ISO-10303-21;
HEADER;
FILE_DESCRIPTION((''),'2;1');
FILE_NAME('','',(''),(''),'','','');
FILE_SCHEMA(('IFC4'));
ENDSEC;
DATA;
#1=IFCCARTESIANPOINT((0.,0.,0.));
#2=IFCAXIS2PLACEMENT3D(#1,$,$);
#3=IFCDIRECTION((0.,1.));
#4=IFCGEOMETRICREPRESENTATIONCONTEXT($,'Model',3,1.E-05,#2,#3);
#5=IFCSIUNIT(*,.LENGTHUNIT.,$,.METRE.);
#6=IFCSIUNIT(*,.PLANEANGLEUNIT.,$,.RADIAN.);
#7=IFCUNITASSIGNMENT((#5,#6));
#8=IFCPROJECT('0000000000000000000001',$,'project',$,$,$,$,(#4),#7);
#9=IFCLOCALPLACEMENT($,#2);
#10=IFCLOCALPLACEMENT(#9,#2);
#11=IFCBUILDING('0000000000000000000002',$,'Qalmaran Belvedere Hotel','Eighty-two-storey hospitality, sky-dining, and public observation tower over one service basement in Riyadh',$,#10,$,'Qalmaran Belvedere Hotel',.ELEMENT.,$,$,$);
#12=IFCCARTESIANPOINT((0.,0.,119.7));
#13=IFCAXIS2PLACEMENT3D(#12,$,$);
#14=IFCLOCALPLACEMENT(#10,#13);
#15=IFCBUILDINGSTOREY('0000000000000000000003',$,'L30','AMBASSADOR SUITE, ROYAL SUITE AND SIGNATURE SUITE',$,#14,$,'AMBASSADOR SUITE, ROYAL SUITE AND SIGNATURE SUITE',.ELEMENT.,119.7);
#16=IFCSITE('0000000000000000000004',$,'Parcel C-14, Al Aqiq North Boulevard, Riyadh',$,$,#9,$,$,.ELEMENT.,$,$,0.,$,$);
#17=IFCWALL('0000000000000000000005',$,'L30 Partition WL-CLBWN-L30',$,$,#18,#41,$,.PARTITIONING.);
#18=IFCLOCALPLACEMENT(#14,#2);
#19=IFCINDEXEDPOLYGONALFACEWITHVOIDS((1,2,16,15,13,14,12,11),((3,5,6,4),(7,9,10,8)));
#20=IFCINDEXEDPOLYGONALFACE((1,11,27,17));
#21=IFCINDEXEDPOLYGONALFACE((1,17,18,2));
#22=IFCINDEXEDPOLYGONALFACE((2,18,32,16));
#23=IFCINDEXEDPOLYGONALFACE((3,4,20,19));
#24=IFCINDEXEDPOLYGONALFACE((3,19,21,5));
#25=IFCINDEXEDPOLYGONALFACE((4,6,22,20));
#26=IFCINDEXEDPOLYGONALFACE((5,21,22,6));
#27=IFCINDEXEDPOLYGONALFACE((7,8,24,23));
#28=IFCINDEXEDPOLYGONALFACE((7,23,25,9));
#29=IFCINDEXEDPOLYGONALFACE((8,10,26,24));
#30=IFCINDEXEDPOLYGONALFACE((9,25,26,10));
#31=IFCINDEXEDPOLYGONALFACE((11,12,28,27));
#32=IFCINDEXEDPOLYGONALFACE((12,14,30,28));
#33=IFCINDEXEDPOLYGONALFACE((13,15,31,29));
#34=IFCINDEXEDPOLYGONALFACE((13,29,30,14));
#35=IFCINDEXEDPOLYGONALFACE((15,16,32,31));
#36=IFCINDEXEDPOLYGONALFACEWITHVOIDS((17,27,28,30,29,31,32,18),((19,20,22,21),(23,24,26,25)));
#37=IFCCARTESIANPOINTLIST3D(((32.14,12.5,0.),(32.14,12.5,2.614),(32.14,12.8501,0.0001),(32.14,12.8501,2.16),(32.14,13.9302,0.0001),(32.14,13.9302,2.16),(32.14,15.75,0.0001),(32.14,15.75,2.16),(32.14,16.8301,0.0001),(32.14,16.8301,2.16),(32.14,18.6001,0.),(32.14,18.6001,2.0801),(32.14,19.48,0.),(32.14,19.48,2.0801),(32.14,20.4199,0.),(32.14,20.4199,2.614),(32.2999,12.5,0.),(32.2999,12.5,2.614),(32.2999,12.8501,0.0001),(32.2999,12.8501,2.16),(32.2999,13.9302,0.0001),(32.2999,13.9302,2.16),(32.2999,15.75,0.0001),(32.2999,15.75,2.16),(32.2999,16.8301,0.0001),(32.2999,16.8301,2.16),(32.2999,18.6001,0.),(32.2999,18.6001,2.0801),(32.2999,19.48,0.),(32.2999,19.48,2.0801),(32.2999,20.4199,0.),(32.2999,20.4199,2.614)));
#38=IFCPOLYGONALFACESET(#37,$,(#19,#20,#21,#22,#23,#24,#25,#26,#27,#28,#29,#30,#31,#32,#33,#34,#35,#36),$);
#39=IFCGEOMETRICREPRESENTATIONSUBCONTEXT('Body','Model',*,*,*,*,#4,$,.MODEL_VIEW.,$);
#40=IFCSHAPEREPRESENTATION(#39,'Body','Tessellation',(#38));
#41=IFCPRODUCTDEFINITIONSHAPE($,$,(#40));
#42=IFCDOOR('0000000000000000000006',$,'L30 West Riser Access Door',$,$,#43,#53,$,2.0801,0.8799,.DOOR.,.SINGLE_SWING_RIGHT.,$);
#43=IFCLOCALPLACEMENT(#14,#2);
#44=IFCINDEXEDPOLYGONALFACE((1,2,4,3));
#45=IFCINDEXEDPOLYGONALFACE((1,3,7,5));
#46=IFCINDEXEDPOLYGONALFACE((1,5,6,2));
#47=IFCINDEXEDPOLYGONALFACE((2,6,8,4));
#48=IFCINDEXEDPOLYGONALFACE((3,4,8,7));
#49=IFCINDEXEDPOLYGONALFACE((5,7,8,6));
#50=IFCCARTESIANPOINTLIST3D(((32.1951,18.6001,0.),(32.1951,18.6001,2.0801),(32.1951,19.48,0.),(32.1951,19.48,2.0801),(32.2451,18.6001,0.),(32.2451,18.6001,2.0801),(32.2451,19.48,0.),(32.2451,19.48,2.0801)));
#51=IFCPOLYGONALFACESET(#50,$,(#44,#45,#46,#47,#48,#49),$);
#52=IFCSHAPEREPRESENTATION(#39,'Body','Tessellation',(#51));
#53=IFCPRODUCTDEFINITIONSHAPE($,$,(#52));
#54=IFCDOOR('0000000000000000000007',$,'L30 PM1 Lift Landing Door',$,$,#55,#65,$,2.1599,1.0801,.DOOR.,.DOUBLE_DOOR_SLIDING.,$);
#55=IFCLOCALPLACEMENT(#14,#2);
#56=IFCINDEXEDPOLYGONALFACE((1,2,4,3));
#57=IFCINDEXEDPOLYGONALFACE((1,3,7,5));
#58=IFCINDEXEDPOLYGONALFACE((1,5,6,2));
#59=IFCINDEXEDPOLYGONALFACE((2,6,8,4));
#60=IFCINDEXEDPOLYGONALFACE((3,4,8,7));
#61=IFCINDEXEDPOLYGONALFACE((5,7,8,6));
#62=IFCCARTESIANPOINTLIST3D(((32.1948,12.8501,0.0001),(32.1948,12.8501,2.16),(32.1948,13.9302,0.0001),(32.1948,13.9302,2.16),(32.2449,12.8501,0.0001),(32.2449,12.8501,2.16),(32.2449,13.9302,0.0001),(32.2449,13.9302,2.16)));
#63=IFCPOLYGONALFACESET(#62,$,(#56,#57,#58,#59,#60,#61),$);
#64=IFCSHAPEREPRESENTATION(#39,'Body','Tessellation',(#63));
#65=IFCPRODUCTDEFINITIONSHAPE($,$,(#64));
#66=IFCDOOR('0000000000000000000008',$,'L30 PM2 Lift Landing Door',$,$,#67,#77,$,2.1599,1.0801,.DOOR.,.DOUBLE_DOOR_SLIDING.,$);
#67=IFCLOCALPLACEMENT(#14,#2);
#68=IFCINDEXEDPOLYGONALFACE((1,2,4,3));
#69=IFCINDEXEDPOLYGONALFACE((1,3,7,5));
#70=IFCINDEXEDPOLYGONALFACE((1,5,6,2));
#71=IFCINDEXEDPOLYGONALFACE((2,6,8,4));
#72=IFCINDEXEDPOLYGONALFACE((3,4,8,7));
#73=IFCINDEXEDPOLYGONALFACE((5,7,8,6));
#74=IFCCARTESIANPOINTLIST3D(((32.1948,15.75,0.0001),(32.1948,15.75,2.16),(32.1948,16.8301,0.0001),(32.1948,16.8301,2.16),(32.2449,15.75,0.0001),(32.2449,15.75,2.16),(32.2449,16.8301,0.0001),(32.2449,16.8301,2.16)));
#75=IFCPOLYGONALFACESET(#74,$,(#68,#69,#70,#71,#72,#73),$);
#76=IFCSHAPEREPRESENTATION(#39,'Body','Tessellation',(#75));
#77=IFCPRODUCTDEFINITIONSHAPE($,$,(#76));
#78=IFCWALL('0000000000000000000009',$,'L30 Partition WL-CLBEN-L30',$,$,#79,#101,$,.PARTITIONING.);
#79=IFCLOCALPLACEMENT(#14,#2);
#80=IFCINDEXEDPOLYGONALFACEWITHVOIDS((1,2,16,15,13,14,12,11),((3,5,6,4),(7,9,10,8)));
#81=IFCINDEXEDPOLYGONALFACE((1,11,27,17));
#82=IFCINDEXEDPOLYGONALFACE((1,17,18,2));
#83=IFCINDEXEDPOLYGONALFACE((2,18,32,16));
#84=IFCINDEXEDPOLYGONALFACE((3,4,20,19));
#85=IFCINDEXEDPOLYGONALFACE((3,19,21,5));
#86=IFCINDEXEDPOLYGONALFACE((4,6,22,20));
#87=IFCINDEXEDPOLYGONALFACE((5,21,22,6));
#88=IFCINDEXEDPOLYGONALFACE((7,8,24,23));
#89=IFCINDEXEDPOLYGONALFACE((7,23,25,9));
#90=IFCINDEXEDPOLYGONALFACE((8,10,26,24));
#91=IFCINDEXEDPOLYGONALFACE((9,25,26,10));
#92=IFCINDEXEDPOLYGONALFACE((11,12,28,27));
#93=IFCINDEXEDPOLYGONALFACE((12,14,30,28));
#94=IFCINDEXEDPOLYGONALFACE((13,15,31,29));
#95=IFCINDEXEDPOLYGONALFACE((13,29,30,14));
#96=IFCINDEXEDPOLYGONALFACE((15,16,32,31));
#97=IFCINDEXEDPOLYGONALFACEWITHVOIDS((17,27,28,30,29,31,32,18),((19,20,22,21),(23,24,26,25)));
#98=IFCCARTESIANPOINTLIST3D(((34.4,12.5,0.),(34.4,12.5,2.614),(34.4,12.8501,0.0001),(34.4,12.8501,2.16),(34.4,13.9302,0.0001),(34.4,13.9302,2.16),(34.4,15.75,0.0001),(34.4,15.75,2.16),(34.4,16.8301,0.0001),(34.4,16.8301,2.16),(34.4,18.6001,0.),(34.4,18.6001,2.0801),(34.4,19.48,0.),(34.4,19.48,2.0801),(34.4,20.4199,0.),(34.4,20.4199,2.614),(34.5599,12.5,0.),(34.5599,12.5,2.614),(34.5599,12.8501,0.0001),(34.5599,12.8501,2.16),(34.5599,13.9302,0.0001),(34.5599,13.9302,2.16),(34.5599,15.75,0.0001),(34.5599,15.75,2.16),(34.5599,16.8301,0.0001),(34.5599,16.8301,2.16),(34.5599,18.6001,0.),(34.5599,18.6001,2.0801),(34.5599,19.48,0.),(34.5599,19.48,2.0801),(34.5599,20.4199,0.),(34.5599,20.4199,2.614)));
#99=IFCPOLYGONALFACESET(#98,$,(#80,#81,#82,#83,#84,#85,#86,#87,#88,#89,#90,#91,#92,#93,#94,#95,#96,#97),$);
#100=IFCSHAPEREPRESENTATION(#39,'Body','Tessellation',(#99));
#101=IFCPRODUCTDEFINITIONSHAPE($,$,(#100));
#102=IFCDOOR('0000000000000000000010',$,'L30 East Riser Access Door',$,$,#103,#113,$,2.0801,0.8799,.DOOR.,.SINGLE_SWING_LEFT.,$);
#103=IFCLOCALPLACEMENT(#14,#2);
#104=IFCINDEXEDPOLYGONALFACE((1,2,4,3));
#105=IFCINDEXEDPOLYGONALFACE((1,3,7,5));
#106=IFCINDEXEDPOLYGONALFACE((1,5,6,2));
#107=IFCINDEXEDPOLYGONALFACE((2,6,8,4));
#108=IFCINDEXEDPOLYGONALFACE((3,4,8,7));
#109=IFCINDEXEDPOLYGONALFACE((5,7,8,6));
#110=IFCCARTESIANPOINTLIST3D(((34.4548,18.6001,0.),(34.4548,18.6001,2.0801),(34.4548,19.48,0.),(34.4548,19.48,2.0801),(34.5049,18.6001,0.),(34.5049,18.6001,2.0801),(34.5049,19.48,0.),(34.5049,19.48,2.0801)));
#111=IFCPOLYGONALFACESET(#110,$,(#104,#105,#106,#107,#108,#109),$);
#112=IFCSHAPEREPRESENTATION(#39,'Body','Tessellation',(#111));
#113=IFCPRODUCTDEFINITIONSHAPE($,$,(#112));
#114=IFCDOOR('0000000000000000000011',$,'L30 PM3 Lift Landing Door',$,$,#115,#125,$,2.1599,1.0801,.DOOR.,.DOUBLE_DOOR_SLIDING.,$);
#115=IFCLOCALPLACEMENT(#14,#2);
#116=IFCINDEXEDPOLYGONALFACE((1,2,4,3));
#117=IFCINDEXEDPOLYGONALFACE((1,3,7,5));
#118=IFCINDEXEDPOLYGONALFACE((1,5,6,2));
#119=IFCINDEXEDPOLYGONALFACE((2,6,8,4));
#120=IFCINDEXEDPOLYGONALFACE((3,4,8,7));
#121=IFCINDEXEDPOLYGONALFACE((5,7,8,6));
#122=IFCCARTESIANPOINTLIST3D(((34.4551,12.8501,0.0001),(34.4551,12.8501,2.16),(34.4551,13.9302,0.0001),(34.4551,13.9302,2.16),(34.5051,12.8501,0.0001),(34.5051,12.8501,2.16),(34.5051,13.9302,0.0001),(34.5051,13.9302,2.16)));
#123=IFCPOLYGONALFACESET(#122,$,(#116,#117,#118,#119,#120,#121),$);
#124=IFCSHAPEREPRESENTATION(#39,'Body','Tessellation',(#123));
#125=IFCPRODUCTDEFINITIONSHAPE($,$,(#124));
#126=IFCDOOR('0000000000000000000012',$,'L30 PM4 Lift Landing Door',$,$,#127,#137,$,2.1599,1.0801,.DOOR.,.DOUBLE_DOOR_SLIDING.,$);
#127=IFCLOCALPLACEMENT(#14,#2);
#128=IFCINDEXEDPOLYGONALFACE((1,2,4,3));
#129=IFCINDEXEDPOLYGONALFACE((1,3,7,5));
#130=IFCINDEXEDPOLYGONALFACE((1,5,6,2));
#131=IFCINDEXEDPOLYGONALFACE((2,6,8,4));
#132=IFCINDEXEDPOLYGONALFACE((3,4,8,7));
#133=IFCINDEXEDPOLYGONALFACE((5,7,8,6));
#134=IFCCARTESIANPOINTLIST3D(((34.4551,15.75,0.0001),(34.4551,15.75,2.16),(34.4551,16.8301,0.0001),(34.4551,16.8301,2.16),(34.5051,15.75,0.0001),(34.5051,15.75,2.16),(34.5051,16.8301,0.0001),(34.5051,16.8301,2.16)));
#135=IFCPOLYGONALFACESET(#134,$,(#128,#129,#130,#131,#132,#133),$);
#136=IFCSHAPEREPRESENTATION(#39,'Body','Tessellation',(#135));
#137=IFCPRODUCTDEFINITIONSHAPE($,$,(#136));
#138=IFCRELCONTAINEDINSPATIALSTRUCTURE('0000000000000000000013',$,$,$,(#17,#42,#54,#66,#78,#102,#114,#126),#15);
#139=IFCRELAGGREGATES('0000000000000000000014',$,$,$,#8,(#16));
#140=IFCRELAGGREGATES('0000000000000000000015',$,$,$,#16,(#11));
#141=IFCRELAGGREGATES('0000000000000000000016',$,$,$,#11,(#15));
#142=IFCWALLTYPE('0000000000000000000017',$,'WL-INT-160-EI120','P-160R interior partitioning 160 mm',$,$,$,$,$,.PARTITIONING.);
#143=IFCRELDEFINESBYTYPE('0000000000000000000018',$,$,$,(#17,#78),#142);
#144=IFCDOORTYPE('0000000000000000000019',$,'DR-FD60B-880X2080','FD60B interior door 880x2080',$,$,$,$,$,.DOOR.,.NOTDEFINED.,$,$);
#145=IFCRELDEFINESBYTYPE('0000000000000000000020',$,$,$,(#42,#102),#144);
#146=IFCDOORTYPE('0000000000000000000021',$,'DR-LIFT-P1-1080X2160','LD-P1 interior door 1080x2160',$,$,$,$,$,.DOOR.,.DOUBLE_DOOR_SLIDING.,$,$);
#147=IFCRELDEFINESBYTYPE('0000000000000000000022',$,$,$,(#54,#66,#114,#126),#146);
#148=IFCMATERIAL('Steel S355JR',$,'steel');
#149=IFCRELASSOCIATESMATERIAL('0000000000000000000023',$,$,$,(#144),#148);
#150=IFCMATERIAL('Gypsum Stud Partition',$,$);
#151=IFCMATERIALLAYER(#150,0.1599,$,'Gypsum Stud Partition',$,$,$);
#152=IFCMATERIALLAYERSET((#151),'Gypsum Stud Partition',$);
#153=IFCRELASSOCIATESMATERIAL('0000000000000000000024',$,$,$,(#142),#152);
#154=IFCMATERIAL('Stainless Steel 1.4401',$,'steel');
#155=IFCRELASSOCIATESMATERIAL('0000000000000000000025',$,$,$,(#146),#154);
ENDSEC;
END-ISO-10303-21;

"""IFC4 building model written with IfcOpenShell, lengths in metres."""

from ifc_helpers import new_model, si_unit, direction, frame, frame_2d, origin, place, context, subcontext, project, spatial, rectangle, extrude, material, layer, layer_set, type_object, element, fill, save


model = new_model("IFC4")

# Units and contexts
model_context = context("Model", 3, precision=1e-05, world=origin(), true_north=direction((0.0, 1.0)))
body_context = subcontext(model_context, "Body", "Model", "MODEL_VIEW")
ifc_project = project(units=[si_unit("LENGTHUNIT", "METRE"), si_unit("PLANEANGLEUNIT", "RADIAN")], contexts=[model_context])

# Site, building, storey
site_placement = place(None, origin())
site = spatial("IfcSite", under=ifc_project, at=site_placement, Name="Parcel C-14, Al Aqiq North Boulevard, Riyadh", CompositionType="ELEMENT", RefElevation=0.0)
building_placement = place(site_placement, origin())
building = spatial("IfcBuilding", under=site, at=building_placement, Name="Qalmaran Belvedere Hotel", Description="Eighty-two-storey hospitality, sky-dining, and public observation tower over one service basement in Riyadh", LongName="Qalmaran Belvedere Hotel", CompositionType="ELEMENT")
storey_placement = place(building_placement, frame((0.0, 0.0, 119.7)))
storey = spatial("IfcBuildingStorey", under=building, at=storey_placement, Name="L30", Description="AMBASSADOR SUITE, ROYAL SUITE AND SIGNATURE SUITE", LongName="AMBASSADOR SUITE, ROYAL SUITE AND SIGNATURE SUITE", CompositionType="ELEMENT", Elevation=119.7)

# Shared definitions
ifc_material_1 = material(Name="Steel S355JR", Category="steel")

# Shared definitions
ifc_material_2 = material(Name="Gypsum Stud Partition")

# Shared definitions
door_type_1 = type_object("IfcDoorType", Name="DR-FD60B-880X2080", Description="FD60B interior door 880x2080", OperationType="NOTDEFINED", PredefinedType="DOOR", material=ifc_material_1)

# Shared definitions
ifc_layer_1 = layer(ifc_material_2, 0.1599, Name="Gypsum Stud Partition")
ifc_layer_set_1 = layer_set([ifc_layer_1], Name="Gypsum Stud Partition")
wall_type_1 = type_object("IfcWallType", Name="WL-INT-160-EI120", Description="P-160R interior partitioning 160 mm", PredefinedType="PARTITIONING", material=ifc_layer_set_1)

# Walls, openings, doors
wall_1_placement = place(storey_placement, frame((32.22, 12.5, 0.0), z_axis=(0.0, 0.0, 1.0), x_axis=(0.0, 1.0, 0.0)))
wall_1 = element("IfcWall", 1, at=wall_1_placement, inside=storey, type_object=wall_type_1, Name="L30 Partition WL-CLBWN-L30", PredefinedType="PARTITIONING", context=body_context, shape_type="SweptSolid", body=[
    extrude(rectangle(XDim=7.9199, YDim=0.1599, at=frame_2d((3.96, 0.0))), origin(), (0.0, 0.0, 1.0), 2.614),
])
opening_1_placement = place(wall_1_placement, frame((1.4302, 0.0, 0.0), z_axis=(0.0, 0.0, 1.0), x_axis=(-1.0, 0.0, 0.0)))
opening_1 = element("IfcOpeningElement", 2, at=opening_1_placement, cuts=wall_1, PredefinedType="OPENING", context=body_context, shape_type="SweptSolid", body=[
    extrude(rectangle(XDim=1.0801, YDim=2.1599, at=frame_2d((0.54, 1.0801))), frame((0.0, 0.0898, 0.0), z_axis=(0.0, -1.0, 0.0), x_axis=(1.0, 0.0, 0.0)), (0.0, 0.0, 1.0), 0.1799),
])
opening_2_placement = place(wall_1_placement, frame((4.3301, 0.0, 0.0), z_axis=(0.0, 0.0, 1.0), x_axis=(-1.0, 0.0, 0.0)))
opening_2 = element("IfcOpeningElement", 3, at=opening_2_placement, cuts=wall_1, PredefinedType="OPENING", context=body_context, shape_type="SweptSolid", body=[
    extrude(rectangle(XDim=1.0801, YDim=2.1599, at=frame_2d((0.54, 1.0801))), frame((0.0, 0.0898, 0.0), z_axis=(0.0, -1.0, 0.0), x_axis=(1.0, 0.0, 0.0)), (0.0, 0.0, 1.0), 0.1799),
])
opening_3_placement = place(wall_1_placement, frame((6.1001, 0.0, 0.0)))
opening_3 = element("IfcOpeningElement", 4, at=opening_3_placement, cuts=wall_1, PredefinedType="OPENING", context=body_context, shape_type="SweptSolid", body=[
    extrude(rectangle(XDim=0.8799, YDim=2.0801, at=frame_2d((0.4399, 1.04))), frame((0.0, 0.0898, 0.0), z_axis=(0.0, -1.0, 0.0), x_axis=(1.0, 0.0, 0.0)), (0.0, 0.0, 1.0), 0.1799),
])
door_1_placement = place(opening_3_placement, origin())
door_1 = element("IfcDoor", 5, at=door_1_placement, inside=storey, type_object=door_type_1, Name="L30 West Riser Access Door", OperationType="SINGLE_SWING_RIGHT", OverallHeight=2.0801, OverallWidth=0.8799, PredefinedType="DOOR", context=body_context, shape_type="SweptSolid", body=[
    extrude(rectangle(XDim=0.8799, YDim=2.0801, at=frame_2d((0.4399, 1.04))), frame((0.0, 0.0249, 0.0), z_axis=(0.0, -1.0, 0.0), x_axis=(1.0, 0.0, 0.0)), (0.0, 0.0, 1.0), 0.05),
])
fill(opening_3, door_1)
ifc_material_3 = material(Name="Stainless Steel 1.4401", Category="steel")
door_type_2 = type_object("IfcDoorType", Name="DR-LIFT-P1-1080X2160", Description="LD-P1 interior door 1080x2160", OperationType="DOUBLE_DOOR_SLIDING", PredefinedType="DOOR", material=ifc_material_3)
door_2_placement = place(opening_1_placement, origin())
door_2 = element("IfcDoor", 6, at=door_2_placement, inside=storey, type_object=door_type_2, Name="L30 PM1 Lift Landing Door", OperationType="DOUBLE_DOOR_SLIDING", OverallHeight=2.1599, OverallWidth=1.0801, PredefinedType="DOOR", context=body_context, shape_type="SweptSolid", body=[
    extrude(rectangle(XDim=1.0801, YDim=2.1599, at=frame_2d((0.54, 1.0801))), frame((0.0, 0.0249, 0.0), z_axis=(0.0, -1.0, 0.0), x_axis=(1.0, 0.0, 0.0)), (0.0, 0.0, 1.0), 0.05),
])
fill(opening_1, door_2)
door_3_placement = place(opening_2_placement, origin())
door_3 = element("IfcDoor", 7, at=door_3_placement, inside=storey, type_object=door_type_2, Name="L30 PM2 Lift Landing Door", OperationType="DOUBLE_DOOR_SLIDING", OverallHeight=2.1599, OverallWidth=1.0801, PredefinedType="DOOR", context=body_context, shape_type="SweptSolid", body=[
    extrude(rectangle(XDim=1.0801, YDim=2.1599, at=frame_2d((0.54, 1.0801))), frame((0.0, 0.0249, 0.0), z_axis=(0.0, -1.0, 0.0), x_axis=(1.0, 0.0, 0.0)), (0.0, 0.0, 1.0), 0.05),
])
fill(opening_2, door_3)
wall_2_placement = place(storey_placement, frame((34.48, 12.5, 0.0), z_axis=(0.0, 0.0, 1.0), x_axis=(0.0, 1.0, 0.0)))
wall_2 = element("IfcWall", 8, at=wall_2_placement, inside=storey, type_object=wall_type_1, Name="L30 Partition WL-CLBEN-L30", PredefinedType="PARTITIONING", context=body_context, shape_type="SweptSolid", body=[
    extrude(rectangle(XDim=7.9199, YDim=0.1599, at=frame_2d((3.96, 0.0))), origin(), (0.0, 0.0, 1.0), 2.614),
])
opening_4_placement = place(wall_2_placement, frame((0.3501, 0.0, 0.0)))
opening_4 = element("IfcOpeningElement", 9, at=opening_4_placement, cuts=wall_2, PredefinedType="OPENING", context=body_context, shape_type="SweptSolid", body=[
    extrude(rectangle(XDim=1.0801, YDim=2.1599, at=frame_2d((0.54, 1.0801))), frame((0.0, 0.0898, 0.0), z_axis=(0.0, -1.0, 0.0), x_axis=(1.0, 0.0, 0.0)), (0.0, 0.0, 1.0), 0.1799),
])
opening_5_placement = place(wall_2_placement, frame((3.25, 0.0, 0.0)))
opening_5 = element("IfcOpeningElement", 10, at=opening_5_placement, cuts=wall_2, PredefinedType="OPENING", context=body_context, shape_type="SweptSolid", body=[
    extrude(rectangle(XDim=1.0801, YDim=2.1599, at=frame_2d((0.54, 1.0801))), frame((0.0, 0.0898, 0.0), z_axis=(0.0, -1.0, 0.0), x_axis=(1.0, 0.0, 0.0)), (0.0, 0.0, 1.0), 0.1799),
])
opening_6_placement = place(wall_2_placement, frame((6.98, 0.0, 0.0), z_axis=(0.0, 0.0, 1.0), x_axis=(-1.0, 0.0, 0.0)))
opening_6 = element("IfcOpeningElement", 11, at=opening_6_placement, cuts=wall_2, PredefinedType="OPENING", context=body_context, shape_type="SweptSolid", body=[
    extrude(rectangle(XDim=0.8799, YDim=2.0801, at=frame_2d((0.4399, 1.04))), frame((0.0, 0.0898, 0.0), z_axis=(0.0, -1.0, 0.0), x_axis=(1.0, 0.0, 0.0)), (0.0, 0.0, 1.0), 0.1799),
])
door_4_placement = place(opening_6_placement, origin())
door_4 = element("IfcDoor", 12, at=door_4_placement, inside=storey, type_object=door_type_1, Name="L30 East Riser Access Door", OperationType="SINGLE_SWING_LEFT", OverallHeight=2.0801, OverallWidth=0.8799, PredefinedType="DOOR", context=body_context, shape_type="SweptSolid", body=[
    extrude(rectangle(XDim=0.8799, YDim=2.0801, at=frame_2d((0.4399, 1.04))), frame((0.0, 0.0249, 0.0), z_axis=(0.0, -1.0, 0.0), x_axis=(1.0, 0.0, 0.0)), (0.0, 0.0, 1.0), 0.05),
])
fill(opening_6, door_4)
door_5_placement = place(opening_4_placement, origin())
door_5 = element("IfcDoor", 13, at=door_5_placement, inside=storey, type_object=door_type_2, Name="L30 PM3 Lift Landing Door", OperationType="DOUBLE_DOOR_SLIDING", OverallHeight=2.1599, OverallWidth=1.0801, PredefinedType="DOOR", context=body_context, shape_type="SweptSolid", body=[
    extrude(rectangle(XDim=1.0801, YDim=2.1599, at=frame_2d((0.54, 1.0801))), frame((0.0, 0.0249, 0.0), z_axis=(0.0, -1.0, 0.0), x_axis=(1.0, 0.0, 0.0)), (0.0, 0.0, 1.0), 0.05),
])
fill(opening_4, door_5)
door_6_placement = place(opening_5_placement, origin())
door_6 = element("IfcDoor", 14, at=door_6_placement, inside=storey, type_object=door_type_2, Name="L30 PM4 Lift Landing Door", OperationType="DOUBLE_DOOR_SLIDING", OverallHeight=2.1599, OverallWidth=1.0801, PredefinedType="DOOR", context=body_context, shape_type="SweptSolid", body=[
    extrude(rectangle(XDim=1.0801, YDim=2.1599, at=frame_2d((0.54, 1.0801))), frame((0.0, 0.0249, 0.0), z_axis=(0.0, -1.0, 0.0), x_axis=(1.0, 0.0, 0.0)), (0.0, 0.0, 1.0), 0.05),
])
fill(opening_5, door_6)

save(model, "model.ifc")
